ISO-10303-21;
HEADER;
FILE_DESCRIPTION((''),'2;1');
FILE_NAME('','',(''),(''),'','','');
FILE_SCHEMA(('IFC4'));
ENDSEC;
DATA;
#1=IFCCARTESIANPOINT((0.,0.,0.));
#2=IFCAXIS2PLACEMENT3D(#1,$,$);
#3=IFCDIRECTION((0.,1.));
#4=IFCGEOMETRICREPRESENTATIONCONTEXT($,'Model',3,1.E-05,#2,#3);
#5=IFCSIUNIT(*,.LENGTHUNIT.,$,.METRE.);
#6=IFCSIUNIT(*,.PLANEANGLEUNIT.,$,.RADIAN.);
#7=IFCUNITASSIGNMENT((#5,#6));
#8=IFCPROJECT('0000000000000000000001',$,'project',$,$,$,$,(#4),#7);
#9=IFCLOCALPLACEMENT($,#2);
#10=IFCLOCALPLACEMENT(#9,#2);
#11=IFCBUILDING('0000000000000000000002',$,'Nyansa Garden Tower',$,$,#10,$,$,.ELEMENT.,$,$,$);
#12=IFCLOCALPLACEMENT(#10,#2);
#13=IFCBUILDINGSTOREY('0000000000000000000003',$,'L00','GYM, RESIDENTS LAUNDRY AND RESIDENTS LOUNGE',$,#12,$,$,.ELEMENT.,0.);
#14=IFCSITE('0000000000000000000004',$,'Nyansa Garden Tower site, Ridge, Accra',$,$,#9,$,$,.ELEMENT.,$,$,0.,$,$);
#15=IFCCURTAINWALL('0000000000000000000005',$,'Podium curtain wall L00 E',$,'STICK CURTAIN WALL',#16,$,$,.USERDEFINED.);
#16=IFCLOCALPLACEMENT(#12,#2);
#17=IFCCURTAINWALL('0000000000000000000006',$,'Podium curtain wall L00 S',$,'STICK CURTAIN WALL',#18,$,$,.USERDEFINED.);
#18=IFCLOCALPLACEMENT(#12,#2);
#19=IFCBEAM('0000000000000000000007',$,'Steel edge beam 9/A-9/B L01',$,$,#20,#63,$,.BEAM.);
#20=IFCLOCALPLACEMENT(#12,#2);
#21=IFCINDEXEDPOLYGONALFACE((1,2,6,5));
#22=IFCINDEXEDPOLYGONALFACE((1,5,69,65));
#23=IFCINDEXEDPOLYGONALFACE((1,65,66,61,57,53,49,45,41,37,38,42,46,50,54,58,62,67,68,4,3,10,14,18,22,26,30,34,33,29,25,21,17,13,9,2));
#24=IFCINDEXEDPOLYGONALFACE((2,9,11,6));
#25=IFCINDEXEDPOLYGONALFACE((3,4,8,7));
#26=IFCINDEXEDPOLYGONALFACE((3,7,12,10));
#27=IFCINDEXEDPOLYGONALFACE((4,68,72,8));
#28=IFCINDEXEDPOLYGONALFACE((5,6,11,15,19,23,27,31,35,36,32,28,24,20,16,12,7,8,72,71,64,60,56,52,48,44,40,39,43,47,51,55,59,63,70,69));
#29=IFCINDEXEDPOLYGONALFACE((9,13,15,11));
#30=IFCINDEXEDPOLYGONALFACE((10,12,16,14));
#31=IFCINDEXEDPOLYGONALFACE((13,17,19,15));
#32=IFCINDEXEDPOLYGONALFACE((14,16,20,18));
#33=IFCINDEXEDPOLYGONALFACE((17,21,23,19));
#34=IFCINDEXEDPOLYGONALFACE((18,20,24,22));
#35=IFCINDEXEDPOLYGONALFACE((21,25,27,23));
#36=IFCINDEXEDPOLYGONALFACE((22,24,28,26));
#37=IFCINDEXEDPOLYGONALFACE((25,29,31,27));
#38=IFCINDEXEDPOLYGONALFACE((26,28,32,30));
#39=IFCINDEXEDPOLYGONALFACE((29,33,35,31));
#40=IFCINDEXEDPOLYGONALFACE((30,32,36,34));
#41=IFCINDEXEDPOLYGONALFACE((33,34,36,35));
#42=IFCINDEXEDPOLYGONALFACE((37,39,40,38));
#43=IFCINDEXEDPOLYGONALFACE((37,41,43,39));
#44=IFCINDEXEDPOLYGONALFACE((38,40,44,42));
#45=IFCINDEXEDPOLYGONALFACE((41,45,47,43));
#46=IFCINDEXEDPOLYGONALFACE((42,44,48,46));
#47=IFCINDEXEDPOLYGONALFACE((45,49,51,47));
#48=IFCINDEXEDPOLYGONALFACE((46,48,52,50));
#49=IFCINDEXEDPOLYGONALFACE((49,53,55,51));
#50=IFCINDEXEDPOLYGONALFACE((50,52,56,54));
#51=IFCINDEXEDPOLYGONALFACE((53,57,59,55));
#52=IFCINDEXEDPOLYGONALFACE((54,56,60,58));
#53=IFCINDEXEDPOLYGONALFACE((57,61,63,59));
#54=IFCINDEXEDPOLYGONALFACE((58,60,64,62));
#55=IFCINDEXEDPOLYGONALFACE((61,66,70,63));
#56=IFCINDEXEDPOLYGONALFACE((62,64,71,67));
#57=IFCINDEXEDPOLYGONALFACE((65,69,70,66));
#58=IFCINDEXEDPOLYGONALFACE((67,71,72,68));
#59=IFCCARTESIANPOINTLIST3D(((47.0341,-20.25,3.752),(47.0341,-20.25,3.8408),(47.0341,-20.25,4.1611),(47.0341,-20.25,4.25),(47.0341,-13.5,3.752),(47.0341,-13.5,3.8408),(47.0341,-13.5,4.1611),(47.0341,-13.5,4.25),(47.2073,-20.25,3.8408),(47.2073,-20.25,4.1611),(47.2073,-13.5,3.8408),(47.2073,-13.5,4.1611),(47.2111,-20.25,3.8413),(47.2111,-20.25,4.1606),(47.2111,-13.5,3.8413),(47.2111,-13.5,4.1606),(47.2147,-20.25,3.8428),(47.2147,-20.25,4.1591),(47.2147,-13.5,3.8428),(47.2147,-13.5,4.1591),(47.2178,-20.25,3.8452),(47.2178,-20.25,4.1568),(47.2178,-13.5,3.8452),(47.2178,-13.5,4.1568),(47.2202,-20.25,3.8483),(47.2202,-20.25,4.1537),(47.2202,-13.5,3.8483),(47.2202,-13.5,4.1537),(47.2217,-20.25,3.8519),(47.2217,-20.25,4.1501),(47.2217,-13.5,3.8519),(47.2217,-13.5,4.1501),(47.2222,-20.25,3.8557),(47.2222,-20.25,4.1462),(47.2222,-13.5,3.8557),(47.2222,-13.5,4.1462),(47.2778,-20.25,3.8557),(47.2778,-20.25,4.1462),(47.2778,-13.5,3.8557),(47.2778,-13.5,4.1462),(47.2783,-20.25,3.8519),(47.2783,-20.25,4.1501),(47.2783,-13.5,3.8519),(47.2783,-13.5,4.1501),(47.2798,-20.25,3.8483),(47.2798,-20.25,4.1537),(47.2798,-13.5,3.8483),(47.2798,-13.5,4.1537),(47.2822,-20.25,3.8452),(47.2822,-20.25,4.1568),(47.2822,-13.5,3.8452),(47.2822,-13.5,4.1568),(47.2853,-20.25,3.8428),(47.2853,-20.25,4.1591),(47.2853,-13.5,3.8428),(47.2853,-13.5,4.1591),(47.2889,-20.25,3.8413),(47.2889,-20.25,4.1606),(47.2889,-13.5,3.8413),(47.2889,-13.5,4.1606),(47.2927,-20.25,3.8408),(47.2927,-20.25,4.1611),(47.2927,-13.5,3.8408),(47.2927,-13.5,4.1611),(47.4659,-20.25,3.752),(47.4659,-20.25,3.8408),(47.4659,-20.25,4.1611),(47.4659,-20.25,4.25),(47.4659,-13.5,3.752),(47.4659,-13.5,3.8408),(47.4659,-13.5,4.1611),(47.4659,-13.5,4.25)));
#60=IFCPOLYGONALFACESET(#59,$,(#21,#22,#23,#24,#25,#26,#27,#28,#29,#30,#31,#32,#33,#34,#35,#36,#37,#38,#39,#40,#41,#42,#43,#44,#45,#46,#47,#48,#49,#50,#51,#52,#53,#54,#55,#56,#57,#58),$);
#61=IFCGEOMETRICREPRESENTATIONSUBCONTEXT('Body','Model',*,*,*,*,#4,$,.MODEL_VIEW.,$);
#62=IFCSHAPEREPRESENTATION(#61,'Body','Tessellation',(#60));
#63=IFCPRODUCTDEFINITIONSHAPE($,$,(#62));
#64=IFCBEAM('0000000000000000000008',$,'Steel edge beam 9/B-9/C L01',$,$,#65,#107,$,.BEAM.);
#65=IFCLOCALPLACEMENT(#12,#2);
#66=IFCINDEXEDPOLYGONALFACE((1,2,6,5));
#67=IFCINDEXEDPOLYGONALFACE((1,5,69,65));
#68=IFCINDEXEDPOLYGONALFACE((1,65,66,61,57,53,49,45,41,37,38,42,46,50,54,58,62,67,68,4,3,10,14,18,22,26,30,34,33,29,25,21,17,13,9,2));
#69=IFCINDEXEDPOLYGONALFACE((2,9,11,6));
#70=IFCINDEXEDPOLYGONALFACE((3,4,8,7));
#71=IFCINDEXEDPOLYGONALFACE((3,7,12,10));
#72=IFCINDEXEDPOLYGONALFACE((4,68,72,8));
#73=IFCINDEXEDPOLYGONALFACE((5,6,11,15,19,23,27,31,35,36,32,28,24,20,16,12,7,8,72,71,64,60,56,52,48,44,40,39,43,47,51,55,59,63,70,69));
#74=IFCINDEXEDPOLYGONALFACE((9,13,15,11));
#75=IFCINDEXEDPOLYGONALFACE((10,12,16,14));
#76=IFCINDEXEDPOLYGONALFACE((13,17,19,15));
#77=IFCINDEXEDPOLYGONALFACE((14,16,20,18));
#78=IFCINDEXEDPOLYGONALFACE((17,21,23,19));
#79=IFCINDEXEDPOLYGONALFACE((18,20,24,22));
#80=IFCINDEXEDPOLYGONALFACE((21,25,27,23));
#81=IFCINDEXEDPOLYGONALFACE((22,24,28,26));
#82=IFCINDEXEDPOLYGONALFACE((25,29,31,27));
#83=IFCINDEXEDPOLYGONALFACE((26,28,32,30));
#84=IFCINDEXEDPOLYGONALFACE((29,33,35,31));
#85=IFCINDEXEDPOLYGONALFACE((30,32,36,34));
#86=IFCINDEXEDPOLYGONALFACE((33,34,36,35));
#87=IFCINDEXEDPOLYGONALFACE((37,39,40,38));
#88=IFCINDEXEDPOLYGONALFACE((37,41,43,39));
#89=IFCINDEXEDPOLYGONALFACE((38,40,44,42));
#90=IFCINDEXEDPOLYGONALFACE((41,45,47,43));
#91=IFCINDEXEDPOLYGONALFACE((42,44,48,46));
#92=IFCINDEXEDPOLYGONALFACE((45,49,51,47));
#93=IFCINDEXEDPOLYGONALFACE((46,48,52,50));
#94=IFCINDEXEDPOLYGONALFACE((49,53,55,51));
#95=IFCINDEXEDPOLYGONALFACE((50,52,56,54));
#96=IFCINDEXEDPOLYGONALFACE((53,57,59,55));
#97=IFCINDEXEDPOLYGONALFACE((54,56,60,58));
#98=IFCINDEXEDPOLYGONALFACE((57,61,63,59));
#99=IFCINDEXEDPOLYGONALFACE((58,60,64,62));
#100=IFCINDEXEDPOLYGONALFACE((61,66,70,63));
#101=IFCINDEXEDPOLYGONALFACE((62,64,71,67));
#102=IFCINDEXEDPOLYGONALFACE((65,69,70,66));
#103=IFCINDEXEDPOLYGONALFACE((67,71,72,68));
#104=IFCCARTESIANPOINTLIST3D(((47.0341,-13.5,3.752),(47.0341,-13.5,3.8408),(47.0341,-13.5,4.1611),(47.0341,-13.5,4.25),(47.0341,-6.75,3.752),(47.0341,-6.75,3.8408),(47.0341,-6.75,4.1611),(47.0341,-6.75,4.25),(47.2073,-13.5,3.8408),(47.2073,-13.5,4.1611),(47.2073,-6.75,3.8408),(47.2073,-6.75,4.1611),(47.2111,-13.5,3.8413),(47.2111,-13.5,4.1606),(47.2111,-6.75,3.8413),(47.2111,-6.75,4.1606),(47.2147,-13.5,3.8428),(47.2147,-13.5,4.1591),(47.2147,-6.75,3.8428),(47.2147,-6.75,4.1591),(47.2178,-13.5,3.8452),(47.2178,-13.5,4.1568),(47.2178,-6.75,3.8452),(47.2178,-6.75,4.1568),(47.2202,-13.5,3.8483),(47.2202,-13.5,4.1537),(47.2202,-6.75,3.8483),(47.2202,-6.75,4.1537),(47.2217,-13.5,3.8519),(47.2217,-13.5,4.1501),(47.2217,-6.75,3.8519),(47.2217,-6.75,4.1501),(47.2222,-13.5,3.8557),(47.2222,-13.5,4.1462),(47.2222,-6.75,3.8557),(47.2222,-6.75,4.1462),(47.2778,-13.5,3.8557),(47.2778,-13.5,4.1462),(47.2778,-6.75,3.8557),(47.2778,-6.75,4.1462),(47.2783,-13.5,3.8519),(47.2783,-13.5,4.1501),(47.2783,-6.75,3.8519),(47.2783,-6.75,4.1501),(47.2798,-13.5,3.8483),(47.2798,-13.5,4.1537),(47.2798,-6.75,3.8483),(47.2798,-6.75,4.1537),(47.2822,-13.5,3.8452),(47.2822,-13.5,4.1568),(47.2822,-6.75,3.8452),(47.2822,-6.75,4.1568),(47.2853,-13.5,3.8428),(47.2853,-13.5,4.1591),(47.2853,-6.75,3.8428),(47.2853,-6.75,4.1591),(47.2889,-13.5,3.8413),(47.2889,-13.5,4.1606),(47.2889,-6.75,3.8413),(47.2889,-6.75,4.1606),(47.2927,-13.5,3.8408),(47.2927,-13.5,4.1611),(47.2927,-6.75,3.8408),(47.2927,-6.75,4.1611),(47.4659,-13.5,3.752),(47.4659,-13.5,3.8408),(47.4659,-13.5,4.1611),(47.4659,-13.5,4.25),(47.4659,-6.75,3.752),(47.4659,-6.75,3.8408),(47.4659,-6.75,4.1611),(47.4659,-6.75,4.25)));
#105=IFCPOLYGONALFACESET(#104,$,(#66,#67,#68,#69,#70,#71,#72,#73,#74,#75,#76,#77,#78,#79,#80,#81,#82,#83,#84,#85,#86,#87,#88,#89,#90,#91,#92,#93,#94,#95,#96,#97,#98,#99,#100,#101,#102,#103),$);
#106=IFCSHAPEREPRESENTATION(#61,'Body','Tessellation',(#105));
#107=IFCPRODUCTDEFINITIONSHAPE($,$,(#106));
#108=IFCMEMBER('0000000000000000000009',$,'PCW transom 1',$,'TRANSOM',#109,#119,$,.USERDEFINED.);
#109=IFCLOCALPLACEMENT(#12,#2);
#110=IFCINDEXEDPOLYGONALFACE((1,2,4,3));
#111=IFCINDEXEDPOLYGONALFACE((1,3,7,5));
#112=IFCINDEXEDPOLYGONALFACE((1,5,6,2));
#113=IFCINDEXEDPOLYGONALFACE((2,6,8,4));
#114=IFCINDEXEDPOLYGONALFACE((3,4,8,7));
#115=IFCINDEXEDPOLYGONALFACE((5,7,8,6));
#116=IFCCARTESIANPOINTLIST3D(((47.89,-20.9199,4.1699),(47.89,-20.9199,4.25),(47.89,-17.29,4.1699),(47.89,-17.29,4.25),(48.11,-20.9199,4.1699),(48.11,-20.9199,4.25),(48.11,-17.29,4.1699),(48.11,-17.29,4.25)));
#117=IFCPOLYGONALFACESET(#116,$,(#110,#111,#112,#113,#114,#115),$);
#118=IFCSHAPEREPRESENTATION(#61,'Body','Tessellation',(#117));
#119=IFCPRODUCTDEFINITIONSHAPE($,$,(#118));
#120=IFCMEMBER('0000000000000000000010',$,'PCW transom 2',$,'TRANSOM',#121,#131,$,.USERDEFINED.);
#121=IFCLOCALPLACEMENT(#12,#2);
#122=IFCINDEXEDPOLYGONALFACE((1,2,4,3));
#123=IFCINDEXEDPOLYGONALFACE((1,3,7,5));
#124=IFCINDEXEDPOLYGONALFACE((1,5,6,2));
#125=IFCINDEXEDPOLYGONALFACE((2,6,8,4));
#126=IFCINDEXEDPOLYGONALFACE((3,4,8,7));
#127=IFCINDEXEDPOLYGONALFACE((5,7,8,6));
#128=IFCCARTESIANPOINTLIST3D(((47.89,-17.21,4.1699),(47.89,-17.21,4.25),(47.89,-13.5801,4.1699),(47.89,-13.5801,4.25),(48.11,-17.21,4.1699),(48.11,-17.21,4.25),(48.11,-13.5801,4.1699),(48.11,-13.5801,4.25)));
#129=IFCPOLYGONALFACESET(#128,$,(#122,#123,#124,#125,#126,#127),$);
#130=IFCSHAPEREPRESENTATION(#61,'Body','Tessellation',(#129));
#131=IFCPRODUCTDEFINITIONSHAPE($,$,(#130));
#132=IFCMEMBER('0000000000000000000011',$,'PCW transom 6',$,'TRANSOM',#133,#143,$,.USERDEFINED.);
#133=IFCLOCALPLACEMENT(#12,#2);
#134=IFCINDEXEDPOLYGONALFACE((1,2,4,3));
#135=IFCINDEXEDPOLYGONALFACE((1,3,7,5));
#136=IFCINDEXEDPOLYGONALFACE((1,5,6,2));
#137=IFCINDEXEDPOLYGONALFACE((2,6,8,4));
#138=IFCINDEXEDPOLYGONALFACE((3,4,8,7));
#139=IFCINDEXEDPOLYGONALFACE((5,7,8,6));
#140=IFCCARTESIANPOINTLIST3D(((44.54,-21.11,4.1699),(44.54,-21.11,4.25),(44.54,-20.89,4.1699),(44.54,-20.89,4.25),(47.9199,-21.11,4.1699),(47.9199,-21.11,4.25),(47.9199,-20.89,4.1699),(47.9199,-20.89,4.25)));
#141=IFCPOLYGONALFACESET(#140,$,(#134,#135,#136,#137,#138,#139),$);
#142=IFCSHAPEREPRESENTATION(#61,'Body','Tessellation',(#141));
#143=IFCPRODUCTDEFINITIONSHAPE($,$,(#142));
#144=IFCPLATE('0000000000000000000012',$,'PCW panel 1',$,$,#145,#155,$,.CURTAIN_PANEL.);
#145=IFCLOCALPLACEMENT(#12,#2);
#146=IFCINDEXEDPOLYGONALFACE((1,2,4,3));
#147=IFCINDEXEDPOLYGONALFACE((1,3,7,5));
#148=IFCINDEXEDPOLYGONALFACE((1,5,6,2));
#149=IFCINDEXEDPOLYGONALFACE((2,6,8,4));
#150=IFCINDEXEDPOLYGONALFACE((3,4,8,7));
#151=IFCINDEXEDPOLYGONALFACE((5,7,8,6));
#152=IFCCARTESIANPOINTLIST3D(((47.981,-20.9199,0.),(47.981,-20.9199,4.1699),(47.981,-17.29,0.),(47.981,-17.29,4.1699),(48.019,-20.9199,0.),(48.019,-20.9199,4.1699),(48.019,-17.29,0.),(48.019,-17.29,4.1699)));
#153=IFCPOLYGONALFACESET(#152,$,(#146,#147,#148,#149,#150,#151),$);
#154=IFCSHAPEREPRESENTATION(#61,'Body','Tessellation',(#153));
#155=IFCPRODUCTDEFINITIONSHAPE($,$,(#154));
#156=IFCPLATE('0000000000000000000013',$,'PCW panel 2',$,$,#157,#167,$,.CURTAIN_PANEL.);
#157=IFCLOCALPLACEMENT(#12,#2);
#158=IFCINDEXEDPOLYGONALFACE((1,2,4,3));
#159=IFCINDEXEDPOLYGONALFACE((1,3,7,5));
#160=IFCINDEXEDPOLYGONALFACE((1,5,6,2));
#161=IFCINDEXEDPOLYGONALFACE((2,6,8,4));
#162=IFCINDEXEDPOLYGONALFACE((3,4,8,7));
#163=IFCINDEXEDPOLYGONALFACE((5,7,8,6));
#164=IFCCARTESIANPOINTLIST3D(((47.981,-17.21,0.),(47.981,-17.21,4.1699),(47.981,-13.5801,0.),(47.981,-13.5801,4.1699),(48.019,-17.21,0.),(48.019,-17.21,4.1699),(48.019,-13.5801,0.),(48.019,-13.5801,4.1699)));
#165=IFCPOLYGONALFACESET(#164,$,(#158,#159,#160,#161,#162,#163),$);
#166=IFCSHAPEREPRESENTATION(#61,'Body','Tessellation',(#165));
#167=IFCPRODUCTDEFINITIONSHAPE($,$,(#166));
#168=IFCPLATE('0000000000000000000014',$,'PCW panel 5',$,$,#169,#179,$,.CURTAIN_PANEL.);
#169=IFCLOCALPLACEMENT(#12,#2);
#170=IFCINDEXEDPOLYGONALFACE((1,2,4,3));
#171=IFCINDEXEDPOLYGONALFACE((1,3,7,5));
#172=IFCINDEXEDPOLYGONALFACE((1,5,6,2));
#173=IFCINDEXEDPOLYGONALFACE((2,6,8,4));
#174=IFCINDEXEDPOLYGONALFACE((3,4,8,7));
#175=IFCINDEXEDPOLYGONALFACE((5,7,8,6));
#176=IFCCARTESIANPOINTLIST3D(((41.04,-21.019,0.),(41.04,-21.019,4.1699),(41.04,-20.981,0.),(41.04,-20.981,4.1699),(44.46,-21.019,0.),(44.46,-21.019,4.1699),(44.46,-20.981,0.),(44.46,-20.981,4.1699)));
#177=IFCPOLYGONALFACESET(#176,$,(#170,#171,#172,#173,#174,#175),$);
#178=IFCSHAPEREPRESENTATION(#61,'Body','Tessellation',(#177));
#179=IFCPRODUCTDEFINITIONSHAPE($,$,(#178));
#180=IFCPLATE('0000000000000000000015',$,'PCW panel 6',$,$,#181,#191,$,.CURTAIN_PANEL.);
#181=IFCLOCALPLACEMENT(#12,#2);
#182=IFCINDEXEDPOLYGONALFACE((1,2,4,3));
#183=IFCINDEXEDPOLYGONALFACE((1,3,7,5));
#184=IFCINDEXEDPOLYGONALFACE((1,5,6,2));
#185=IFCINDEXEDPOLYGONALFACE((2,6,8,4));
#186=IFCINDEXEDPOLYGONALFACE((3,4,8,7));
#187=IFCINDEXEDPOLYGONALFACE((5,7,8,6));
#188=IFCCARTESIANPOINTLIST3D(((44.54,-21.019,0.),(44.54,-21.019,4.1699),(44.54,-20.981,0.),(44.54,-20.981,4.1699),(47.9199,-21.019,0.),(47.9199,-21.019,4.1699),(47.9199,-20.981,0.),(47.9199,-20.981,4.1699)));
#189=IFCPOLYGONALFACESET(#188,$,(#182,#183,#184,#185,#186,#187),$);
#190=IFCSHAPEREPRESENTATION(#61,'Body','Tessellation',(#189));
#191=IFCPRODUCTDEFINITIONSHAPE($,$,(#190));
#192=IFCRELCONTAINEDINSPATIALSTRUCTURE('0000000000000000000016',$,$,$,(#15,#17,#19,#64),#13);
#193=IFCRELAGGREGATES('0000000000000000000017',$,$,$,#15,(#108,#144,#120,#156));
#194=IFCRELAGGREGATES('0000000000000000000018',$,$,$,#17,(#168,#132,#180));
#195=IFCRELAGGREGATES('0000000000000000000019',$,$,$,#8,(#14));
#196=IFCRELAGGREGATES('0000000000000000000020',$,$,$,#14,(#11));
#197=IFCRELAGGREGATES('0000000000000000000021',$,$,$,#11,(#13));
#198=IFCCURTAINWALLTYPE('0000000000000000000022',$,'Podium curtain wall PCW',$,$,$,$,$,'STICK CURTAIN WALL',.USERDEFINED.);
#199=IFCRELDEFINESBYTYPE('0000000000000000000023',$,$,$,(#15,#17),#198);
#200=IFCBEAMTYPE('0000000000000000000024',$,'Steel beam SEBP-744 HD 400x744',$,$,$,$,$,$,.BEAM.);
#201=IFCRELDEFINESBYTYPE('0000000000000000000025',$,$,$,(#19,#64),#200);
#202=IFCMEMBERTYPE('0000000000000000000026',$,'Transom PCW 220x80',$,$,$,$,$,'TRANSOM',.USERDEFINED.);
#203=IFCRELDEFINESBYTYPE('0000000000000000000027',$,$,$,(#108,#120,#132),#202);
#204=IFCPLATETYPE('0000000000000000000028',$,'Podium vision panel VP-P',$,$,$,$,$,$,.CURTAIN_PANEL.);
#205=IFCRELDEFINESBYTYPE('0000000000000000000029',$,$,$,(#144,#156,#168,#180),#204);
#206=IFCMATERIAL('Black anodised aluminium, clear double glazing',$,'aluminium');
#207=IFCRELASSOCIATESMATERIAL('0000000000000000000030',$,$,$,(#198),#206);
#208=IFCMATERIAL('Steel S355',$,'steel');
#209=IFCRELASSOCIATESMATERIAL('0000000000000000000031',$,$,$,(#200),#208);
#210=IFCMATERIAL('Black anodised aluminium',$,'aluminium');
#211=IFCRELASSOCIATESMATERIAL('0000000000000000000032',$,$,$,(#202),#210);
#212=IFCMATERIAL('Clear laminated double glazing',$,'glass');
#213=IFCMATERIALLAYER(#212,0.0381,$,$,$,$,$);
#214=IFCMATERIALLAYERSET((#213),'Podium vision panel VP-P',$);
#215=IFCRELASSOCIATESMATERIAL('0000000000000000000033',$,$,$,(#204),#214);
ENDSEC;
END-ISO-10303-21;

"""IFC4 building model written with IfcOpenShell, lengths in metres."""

from ifc_helpers import new_model, si_unit, direction, frame, origin, origin_2d, place, context, subcontext, project, spatial, rectangle, i_section, extrude, material, layer, layer_set, material_profile, profile_set, type_object, element, aggregate, save


model = new_model("IFC4")

# Units and contexts
model_context = context("Model", 3, precision=1e-05, world=origin(), true_north=direction((0.0, 1.0)))
body_context = subcontext(model_context, "Body", "Model", "MODEL_VIEW")
ifc_project = project(units=[si_unit("LENGTHUNIT", "METRE"), si_unit("PLANEANGLEUNIT", "RADIAN")], contexts=[model_context])

# Site, building, storey
site_placement = place(None, origin())
site = spatial("IfcSite", under=ifc_project, at=site_placement, Name="Nyansa Garden Tower site, Ridge, Accra", CompositionType="ELEMENT", RefElevation=0.0)
building_placement = place(site_placement, origin())
building = spatial("IfcBuilding", under=site, at=building_placement, Name="Nyansa Garden Tower", CompositionType="ELEMENT")
storey_placement = place(building_placement, origin())
storey = spatial("IfcBuildingStorey", under=building, at=storey_placement, Name="L00", Description="GYM, RESIDENTS LAUNDRY AND RESIDENTS LOUNGE", CompositionType="ELEMENT", Elevation=0.0)

# Curtain walls
ifc_material_1 = material(Name="Black anodised aluminium, clear double glazing", Category="aluminium")
curtain_wall_type = type_object("IfcCurtainWallType", Name="Podium curtain wall PCW", ElementType="STICK CURTAIN WALL", PredefinedType="USERDEFINED", material=ifc_material_1)
curtain_wall_1_placement = place(storey_placement, origin())
curtain_wall_1 = element("IfcCurtainWall", 1, at=curtain_wall_1_placement, inside=storey, type_object=curtain_wall_type, Name="Podium curtain wall L00 E", ObjectType="STICK CURTAIN WALL", PredefinedType="USERDEFINED")
curtain_wall_2_placement = place(storey_placement, origin())
curtain_wall_2 = element("IfcCurtainWall", 2, at=curtain_wall_2_placement, inside=storey, type_object=curtain_wall_type, Name="Podium curtain wall L00 S", ObjectType="STICK CURTAIN WALL", PredefinedType="USERDEFINED")

# Beams
ifc_material_2 = material(Name="Steel S355", Category="steel")
ifc_material_profile_1 = material_profile(ifc_material_2, i_section(OverallWidth=0.4319, OverallDepth=0.498, WebThickness=0.0557, FlangeThickness=0.0889, FilletRadius=0.0149, at=origin_2d()), Name="HD 400x744")
ifc_profile_set_1 = profile_set([ifc_material_profile_1], Name="Steel S355")
beam_type = type_object("IfcBeamType", Name="Steel beam SEBP-744 HD 400x744", PredefinedType="BEAM", material=ifc_profile_set_1)
for number, where, z_axis, x_axis, name in (
    (3, (47.25, -20.25, 4.001), (0.0, 1.0, 0.0), (-1.0, 0.0, 0.0), "Steel edge beam 9/A-9/B L01"),
    (4, (47.25, -13.5, 4.001), (0.0, 1.0, 0.0), (-1.0, 0.0, 0.0), "Steel edge beam 9/B-9/C L01"),
):
    element("IfcBeam", number, at=place(storey_placement, frame(where, z_axis=z_axis, x_axis=x_axis)), inside=storey, type_object=beam_type, Name=name, PredefinedType="BEAM", context=body_context, shape_type="SweptSolid", body=[
        extrude(i_section(OverallWidth=0.4319, OverallDepth=0.498, WebThickness=0.0557, FlangeThickness=0.0889, FilletRadius=0.0149, at=origin_2d()), origin(), (0.0, 0.0, 1.0), 6.75),
    ])

# Members
ifc_material_3 = material(Name="Black anodised aluminium", Category="aluminium")
ifc_material_profile_2 = material_profile(ifc_material_3, rectangle(XDim=0.22, YDim=0.0801, at=origin_2d()), Name="Transom 220x80")
ifc_profile_set_2 = profile_set([ifc_material_profile_2], Name="Black anodised aluminium")
member_type_1 = type_object("IfcMemberType", Name="Transom PCW 220x80", ElementType="TRANSOM", PredefinedType="USERDEFINED", material=ifc_profile_set_2)
member_1_placement = place(storey_placement, frame((48.0, -20.9199, 4.21), z_axis=(0.0, 1.0, 0.0), x_axis=(-1.0, 0.0, 0.0)))
member_1 = element("IfcMember", 5, at=member_1_placement, type_object=member_type_1, Name="PCW transom 1", ObjectType="TRANSOM", PredefinedType="USERDEFINED", context=body_context, shape_type="SweptSolid", body=[
    extrude(rectangle(XDim=0.22, YDim=0.0801, at=origin_2d()), origin(), (0.0, 0.0, 1.0), 3.6299),
])
member_2_placement = place(storey_placement, frame((48.0, -17.21, 4.21), z_axis=(0.0, 1.0, 0.0), x_axis=(-1.0, 0.0, 0.0)))
member_2 = element("IfcMember", 6, at=member_2_placement, type_object=member_type_1, Name="PCW transom 2", ObjectType="TRANSOM", PredefinedType="USERDEFINED", context=body_context, shape_type="SweptSolid", body=[
    extrude(rectangle(XDim=0.22, YDim=0.0801, at=origin_2d()), origin(), (0.0, 0.0, 1.0), 3.6299),
])
member_3_placement = place(storey_placement, frame((44.54, -21.0, 4.21), z_axis=(1.0, 0.0, 0.0), x_axis=(0.0, 1.0, 0.0)))
member_3 = element("IfcMember", 7, at=member_3_placement, type_object=member_type_1, Name="PCW transom 6", ObjectType="TRANSOM", PredefinedType="USERDEFINED", context=body_context, shape_type="SweptSolid", body=[
    extrude(rectangle(XDim=0.22, YDim=0.0801, at=origin_2d()), origin(), (0.0, 0.0, 1.0), 3.3799),
])

# Plates
ifc_material_4 = material(Name="Clear laminated double glazing", Category="glass")
ifc_layer = layer(ifc_material_4, 0.0381)
ifc_layer_set = layer_set([ifc_layer], Name="Podium vision panel VP-P")
plate_type = type_object("IfcPlateType", Name="Podium vision panel VP-P", PredefinedType="CURTAIN_PANEL", material=ifc_layer_set)
plate_1_placement = place(storey_placement, frame((48.0, -19.105, 0.0), z_axis=(0.0, 0.0, 1.0), x_axis=(0.0, 1.0, 0.0)))
plate_1 = element("IfcPlate", 8, at=plate_1_placement, type_object=plate_type, Name="PCW panel 1", PredefinedType="CURTAIN_PANEL", context=body_context, shape_type="SweptSolid", body=[
    extrude(rectangle(XDim=3.6299, YDim=0.0381, at=origin_2d()), origin(), (0.0, 0.0, 1.0), 4.1699),
])
plate_2_placement = place(storey_placement, frame((48.0, -15.395, 0.0), z_axis=(0.0, 0.0, 1.0), x_axis=(0.0, 1.0, 0.0)))
plate_2 = element("IfcPlate", 9, at=plate_2_placement, type_object=plate_type, Name="PCW panel 2", PredefinedType="CURTAIN_PANEL", context=body_context, shape_type="SweptSolid", body=[
    extrude(rectangle(XDim=3.6299, YDim=0.0381, at=origin_2d()), origin(), (0.0, 0.0, 1.0), 4.1699),
])
aggregate(curtain_wall_1, [member_1, plate_1, member_2, plate_2])
plate_3_placement = place(storey_placement, frame((42.75, -21.0, 0.0), z_axis=(0.0, 0.0, 1.0), x_axis=(1.0, 0.0, 0.0)))
plate_3 = element("IfcPlate", 10, at=plate_3_placement, type_object=plate_type, Name="PCW panel 5", PredefinedType="CURTAIN_PANEL", context=body_context, shape_type="SweptSolid", body=[
    extrude(rectangle(XDim=3.4199, YDim=0.0381, at=origin_2d()), origin(), (0.0, 0.0, 1.0), 4.1699),
])
plate_4_placement = place(storey_placement, frame((46.23, -21.0, 0.0), z_axis=(0.0, 0.0, 1.0), x_axis=(1.0, 0.0, 0.0)))
plate_4 = element("IfcPlate", 11, at=plate_4_placement, type_object=plate_type, Name="PCW panel 6", PredefinedType="CURTAIN_PANEL", context=body_context, shape_type="SweptSolid", body=[
    extrude(rectangle(XDim=3.3799, YDim=0.0381, at=origin_2d()), origin(), (0.0, 0.0, 1.0), 4.1699),
])
aggregate(curtain_wall_2, [plate_3, member_3, plate_4])

save(model, "model.ifc")
